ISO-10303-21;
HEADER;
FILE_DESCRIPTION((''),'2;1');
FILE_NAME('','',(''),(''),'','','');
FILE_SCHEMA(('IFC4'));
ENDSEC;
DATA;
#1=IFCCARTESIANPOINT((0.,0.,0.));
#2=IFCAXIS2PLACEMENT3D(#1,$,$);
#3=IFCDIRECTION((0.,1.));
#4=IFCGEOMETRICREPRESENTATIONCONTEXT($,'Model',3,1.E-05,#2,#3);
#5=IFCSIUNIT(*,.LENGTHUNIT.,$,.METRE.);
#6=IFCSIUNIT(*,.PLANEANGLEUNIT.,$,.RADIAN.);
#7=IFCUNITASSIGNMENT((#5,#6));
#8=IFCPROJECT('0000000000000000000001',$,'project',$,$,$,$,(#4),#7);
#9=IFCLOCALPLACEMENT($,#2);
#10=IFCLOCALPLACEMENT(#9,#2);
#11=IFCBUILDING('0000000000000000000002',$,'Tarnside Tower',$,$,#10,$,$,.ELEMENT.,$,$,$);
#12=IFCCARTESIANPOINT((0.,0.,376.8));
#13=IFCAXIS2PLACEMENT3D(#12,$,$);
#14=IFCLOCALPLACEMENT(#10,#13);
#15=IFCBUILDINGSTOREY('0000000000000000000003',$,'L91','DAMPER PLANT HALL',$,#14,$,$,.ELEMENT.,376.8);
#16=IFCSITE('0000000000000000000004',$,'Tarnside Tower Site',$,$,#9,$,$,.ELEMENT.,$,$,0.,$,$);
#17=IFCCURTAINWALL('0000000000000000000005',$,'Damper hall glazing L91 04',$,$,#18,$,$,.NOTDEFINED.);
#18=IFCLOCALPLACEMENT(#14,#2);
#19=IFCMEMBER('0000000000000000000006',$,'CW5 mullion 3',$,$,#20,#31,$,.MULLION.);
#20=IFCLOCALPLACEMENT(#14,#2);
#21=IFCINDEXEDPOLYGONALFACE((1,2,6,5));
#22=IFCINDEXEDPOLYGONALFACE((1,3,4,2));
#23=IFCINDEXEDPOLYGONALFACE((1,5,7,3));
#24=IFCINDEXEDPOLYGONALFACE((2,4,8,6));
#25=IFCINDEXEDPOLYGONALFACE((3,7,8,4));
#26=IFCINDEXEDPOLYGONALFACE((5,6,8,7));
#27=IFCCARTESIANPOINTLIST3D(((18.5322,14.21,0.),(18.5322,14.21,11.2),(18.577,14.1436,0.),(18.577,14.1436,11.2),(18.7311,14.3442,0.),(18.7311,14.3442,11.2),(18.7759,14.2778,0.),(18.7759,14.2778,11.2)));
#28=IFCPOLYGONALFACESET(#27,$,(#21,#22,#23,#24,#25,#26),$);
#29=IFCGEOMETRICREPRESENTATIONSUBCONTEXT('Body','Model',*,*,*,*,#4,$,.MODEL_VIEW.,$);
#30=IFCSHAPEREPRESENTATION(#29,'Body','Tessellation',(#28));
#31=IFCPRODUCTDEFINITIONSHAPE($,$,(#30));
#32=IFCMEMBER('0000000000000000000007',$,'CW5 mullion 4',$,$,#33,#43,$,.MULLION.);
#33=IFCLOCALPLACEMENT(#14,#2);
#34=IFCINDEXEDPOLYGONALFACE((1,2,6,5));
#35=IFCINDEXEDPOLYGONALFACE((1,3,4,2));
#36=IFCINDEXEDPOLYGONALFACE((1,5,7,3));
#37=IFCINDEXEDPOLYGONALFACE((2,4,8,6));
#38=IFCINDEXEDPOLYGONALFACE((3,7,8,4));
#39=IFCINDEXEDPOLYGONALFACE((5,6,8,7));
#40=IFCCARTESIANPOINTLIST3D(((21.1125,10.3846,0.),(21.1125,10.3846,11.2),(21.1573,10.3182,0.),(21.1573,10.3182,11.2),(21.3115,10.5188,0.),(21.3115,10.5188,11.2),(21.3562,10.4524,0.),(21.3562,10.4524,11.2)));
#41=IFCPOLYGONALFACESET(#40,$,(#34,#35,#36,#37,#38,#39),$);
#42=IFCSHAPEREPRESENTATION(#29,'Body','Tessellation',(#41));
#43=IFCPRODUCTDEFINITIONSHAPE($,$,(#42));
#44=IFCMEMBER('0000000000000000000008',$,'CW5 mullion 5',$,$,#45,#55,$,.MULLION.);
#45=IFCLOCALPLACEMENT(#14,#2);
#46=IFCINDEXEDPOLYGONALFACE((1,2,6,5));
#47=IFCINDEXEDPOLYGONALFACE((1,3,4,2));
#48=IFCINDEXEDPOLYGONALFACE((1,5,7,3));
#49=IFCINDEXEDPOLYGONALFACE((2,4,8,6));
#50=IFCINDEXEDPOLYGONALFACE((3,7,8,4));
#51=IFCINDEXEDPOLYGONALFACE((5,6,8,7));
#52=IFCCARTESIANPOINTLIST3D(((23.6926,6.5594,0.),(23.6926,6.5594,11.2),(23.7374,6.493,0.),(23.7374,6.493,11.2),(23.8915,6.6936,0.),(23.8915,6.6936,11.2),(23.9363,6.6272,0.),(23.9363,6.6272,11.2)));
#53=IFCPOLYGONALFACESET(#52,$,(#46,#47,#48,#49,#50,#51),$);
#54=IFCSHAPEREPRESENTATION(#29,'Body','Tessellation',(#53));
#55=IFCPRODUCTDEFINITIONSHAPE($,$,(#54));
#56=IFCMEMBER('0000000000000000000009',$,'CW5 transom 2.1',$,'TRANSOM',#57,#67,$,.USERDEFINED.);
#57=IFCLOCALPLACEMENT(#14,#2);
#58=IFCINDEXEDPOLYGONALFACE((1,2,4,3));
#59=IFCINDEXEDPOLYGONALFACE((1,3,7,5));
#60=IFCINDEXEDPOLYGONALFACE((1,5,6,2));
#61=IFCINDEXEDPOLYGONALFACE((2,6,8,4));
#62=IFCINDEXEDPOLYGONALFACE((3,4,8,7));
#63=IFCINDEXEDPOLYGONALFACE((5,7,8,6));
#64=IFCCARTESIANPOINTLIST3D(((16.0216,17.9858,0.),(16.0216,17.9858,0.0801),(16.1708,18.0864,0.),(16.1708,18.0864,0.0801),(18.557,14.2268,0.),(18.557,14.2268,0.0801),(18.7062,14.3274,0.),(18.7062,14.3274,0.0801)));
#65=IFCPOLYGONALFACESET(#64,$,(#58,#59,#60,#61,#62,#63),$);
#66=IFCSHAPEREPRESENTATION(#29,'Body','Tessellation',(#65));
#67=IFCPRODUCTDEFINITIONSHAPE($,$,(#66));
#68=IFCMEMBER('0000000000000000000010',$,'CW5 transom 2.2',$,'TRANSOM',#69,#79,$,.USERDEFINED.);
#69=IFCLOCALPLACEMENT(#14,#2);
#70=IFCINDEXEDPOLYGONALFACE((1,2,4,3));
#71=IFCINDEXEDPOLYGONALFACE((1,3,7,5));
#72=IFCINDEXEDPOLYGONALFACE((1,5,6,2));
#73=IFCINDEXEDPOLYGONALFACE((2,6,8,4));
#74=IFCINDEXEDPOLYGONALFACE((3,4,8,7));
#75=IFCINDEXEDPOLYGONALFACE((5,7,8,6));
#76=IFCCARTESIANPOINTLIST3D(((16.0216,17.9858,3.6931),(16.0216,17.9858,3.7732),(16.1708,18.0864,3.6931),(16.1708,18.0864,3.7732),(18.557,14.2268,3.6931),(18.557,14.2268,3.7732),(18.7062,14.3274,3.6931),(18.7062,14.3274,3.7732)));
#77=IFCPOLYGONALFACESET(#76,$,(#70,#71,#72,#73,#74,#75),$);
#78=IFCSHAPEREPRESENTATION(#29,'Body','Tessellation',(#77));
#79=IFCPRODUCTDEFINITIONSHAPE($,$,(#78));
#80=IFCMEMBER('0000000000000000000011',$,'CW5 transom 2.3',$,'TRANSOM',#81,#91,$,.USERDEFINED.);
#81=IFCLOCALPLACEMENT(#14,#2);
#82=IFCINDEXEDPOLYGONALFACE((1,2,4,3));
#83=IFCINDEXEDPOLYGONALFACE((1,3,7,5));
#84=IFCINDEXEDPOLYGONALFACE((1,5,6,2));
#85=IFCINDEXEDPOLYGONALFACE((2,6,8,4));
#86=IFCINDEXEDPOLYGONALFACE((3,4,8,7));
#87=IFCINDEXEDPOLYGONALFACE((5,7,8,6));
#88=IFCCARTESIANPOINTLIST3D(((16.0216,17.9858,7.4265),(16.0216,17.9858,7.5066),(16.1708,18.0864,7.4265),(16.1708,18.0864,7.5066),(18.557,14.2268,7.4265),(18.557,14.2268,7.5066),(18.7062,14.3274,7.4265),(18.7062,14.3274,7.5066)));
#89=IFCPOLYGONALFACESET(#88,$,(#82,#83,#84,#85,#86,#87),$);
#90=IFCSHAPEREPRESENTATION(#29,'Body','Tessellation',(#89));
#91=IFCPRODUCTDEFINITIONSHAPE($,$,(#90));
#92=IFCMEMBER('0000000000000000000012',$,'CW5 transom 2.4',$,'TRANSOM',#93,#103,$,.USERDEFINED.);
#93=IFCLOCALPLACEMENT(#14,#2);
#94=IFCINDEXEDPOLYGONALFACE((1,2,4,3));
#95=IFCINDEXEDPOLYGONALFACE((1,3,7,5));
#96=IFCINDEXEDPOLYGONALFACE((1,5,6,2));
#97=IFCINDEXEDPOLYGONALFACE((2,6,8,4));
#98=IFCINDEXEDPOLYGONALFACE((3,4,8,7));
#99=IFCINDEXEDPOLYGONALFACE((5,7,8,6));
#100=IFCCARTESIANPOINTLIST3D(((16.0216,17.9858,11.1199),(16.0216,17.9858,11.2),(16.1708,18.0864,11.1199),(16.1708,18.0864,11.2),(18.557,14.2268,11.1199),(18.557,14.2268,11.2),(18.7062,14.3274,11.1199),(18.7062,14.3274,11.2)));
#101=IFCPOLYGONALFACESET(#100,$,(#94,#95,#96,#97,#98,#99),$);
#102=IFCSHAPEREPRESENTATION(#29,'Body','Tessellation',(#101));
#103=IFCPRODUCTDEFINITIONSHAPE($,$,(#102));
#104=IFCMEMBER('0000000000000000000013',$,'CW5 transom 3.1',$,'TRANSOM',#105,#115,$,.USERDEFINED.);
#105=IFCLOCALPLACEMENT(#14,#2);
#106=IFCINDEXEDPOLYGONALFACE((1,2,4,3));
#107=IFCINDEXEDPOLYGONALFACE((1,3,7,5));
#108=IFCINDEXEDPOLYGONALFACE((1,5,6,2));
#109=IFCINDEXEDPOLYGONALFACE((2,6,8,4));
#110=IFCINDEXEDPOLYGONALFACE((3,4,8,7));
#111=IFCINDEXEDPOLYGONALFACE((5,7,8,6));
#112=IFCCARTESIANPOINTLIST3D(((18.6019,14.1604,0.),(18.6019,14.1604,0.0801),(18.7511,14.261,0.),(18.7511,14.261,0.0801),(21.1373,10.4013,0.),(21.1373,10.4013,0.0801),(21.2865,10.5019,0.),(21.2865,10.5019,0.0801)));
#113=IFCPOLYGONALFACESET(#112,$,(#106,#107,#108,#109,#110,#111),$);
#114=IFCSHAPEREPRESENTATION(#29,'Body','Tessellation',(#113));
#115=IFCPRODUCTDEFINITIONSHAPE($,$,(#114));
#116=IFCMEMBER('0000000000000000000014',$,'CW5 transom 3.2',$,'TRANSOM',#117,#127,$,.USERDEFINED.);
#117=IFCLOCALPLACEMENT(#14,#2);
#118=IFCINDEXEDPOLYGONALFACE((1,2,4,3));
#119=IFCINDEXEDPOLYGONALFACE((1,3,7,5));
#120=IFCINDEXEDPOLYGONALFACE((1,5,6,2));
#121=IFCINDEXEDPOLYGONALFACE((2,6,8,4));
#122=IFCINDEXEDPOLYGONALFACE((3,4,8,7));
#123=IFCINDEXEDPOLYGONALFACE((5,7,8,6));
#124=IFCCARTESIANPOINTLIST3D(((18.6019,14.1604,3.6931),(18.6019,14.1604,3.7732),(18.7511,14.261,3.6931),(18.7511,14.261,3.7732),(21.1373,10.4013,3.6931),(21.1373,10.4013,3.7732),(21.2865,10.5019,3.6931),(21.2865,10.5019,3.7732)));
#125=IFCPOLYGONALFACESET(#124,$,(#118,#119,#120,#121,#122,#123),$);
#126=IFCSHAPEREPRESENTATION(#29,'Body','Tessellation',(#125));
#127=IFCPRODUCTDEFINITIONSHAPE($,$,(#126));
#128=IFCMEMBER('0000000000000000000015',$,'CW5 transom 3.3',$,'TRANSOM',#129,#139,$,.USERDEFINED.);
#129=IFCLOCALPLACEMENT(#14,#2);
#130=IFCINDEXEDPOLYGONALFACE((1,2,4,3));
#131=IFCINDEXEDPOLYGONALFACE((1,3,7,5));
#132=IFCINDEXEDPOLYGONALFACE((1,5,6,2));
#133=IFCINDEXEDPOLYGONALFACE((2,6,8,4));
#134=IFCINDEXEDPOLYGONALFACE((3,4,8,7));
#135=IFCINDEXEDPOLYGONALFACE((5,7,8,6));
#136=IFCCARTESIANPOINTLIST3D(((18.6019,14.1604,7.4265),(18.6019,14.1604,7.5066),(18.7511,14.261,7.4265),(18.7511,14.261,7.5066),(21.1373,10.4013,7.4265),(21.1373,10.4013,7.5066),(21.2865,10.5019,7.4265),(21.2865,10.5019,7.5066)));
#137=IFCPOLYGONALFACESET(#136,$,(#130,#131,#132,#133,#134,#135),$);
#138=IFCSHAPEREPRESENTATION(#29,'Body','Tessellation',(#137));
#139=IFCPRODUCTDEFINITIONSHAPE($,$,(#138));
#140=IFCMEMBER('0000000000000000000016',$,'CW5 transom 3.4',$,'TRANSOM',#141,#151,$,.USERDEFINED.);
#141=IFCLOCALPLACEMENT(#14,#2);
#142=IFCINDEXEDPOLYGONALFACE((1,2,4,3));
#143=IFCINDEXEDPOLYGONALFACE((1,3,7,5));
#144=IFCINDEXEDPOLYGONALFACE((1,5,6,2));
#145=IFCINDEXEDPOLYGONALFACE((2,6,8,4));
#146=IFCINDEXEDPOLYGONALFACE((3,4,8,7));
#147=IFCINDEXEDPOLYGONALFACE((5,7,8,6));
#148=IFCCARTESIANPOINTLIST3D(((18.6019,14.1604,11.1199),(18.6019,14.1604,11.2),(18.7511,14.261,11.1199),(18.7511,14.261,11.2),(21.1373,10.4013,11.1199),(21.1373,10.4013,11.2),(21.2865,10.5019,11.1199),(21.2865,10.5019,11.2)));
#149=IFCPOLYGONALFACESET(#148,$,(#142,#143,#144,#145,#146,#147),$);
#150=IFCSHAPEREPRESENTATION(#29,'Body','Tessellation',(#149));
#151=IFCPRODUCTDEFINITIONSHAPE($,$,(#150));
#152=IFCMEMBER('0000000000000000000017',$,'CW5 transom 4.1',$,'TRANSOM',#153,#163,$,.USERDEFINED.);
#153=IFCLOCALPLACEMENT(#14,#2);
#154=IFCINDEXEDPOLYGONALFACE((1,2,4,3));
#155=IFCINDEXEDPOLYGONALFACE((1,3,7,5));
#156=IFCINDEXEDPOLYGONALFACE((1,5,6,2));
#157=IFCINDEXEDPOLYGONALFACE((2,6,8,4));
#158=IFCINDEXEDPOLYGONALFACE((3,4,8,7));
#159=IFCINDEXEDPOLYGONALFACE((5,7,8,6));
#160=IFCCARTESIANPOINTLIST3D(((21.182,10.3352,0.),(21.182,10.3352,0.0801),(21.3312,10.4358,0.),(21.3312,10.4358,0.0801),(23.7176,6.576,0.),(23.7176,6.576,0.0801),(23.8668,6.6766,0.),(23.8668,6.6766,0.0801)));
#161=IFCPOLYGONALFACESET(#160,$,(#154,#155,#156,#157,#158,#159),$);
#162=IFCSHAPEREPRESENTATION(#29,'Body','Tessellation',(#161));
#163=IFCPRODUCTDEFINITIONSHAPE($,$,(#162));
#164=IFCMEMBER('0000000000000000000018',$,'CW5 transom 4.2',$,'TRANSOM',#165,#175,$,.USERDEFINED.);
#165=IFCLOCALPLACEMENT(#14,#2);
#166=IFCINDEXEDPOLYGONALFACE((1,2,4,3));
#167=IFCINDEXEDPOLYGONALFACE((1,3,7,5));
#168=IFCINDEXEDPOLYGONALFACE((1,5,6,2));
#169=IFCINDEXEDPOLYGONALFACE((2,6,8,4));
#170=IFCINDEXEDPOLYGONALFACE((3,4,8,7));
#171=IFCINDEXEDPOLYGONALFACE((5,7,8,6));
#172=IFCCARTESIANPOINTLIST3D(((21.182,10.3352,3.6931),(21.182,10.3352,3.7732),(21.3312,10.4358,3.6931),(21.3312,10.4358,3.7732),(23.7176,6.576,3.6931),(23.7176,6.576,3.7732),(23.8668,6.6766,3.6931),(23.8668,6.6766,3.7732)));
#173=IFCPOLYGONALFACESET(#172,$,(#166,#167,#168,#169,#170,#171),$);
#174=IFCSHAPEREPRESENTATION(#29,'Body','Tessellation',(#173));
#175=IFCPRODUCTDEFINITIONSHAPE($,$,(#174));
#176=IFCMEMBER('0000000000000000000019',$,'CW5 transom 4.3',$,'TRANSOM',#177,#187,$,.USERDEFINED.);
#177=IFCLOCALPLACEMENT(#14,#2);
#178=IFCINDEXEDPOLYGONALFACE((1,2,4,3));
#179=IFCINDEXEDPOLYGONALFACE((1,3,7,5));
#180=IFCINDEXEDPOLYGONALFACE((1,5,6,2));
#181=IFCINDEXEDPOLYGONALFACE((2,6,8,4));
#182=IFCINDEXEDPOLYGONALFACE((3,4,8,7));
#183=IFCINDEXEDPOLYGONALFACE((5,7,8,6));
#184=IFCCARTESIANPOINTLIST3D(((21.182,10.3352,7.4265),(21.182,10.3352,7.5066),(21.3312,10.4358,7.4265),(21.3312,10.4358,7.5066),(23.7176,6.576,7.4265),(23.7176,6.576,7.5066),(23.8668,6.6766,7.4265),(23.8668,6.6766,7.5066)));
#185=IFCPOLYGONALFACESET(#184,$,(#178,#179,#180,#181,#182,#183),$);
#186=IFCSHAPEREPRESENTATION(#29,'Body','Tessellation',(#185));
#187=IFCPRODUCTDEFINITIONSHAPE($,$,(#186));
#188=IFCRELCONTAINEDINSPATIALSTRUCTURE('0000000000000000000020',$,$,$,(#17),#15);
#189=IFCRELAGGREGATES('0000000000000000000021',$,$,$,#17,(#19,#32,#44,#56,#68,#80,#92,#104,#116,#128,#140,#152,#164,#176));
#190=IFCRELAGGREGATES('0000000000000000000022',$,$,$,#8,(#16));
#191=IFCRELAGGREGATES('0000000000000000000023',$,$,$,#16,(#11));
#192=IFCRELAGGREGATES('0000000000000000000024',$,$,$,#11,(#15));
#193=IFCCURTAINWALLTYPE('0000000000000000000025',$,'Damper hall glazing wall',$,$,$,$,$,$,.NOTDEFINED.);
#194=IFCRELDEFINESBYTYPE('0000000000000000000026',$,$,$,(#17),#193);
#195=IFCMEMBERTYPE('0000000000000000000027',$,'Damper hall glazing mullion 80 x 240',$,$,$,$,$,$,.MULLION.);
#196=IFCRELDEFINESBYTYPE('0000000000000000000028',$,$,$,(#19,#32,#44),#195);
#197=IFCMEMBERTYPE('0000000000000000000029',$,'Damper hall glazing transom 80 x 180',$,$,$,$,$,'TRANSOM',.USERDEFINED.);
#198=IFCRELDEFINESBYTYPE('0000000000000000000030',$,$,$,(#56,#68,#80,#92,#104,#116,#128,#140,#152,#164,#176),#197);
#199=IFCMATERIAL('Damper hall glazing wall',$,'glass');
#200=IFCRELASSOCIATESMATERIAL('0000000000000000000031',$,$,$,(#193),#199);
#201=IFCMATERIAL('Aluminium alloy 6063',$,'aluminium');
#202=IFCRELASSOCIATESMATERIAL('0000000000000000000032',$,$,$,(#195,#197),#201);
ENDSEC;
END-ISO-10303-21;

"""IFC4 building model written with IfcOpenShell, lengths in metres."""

from ifc_helpers import new_model, si_unit, direction, frame, origin, origin_2d, place, context, subcontext, project, spatial, rectangle, extrude, material, material_profile, profile_set, type_object, element, aggregate, save


model = new_model("IFC4")

# Units and contexts
model_context = context("Model", 3, precision=1e-05, world=origin(), true_north=direction((0.0, 1.0)))
body_context = subcontext(model_context, "Body", "Model", "MODEL_VIEW")
ifc_project = project(units=[si_unit("LENGTHUNIT", "METRE"), si_unit("PLANEANGLEUNIT", "RADIAN")], contexts=[model_context])

# Site, building, storey
site_placement = place(None, origin())
site = spatial("IfcSite", under=ifc_project, at=site_placement, Name="Tarnside Tower Site", CompositionType="ELEMENT", RefElevation=0.0)
building_placement = place(site_placement, origin())
building = spatial("IfcBuilding", under=site, at=building_placement, Name="Tarnside Tower", CompositionType="ELEMENT")
storey_placement = place(building_placement, frame((0.0, 0.0, 376.8)))
storey = spatial("IfcBuildingStorey", under=building, at=storey_placement, Name="L91", Description="DAMPER PLANT HALL", CompositionType="ELEMENT", Elevation=376.8)

# Curtain wall, members
ifc_material_1 = material(Name="Damper hall glazing wall", Category="glass")
curtain_wall_type = type_object("IfcCurtainWallType", Name="Damper hall glazing wall", PredefinedType="NOTDEFINED", material=ifc_material_1)
curtain_wall_placement = place(storey_placement, origin())
curtain_wall = element("IfcCurtainWall", 1, at=curtain_wall_placement, inside=storey, type_object=curtain_wall_type, Name="Damper hall glazing L91 04", PredefinedType="NOTDEFINED")
ifc_material_2 = material(Name="Aluminium alloy 6063", Category="aluminium")
ifc_material_profile_1 = material_profile(ifc_material_2, rectangle(XDim=0.24, YDim=0.0801, at=origin_2d()), Name="Damper hall glazing mullion 80 x 240")
ifc_profile_set_1 = profile_set([ifc_material_profile_1], Name="Aluminium alloy 6063")
member_type_1 = type_object("IfcMemberType", Name="Damper hall glazing mullion 80 x 240", PredefinedType="MULLION", material=ifc_profile_set_1)
member_1_placement = place(storey_placement, frame((18.6541, 14.2439, 0.0), z_axis=(0.0, 0.0, 1.0), x_axis=(0.829038, 0.559193, 0.0)))
member_1 = element("IfcMember", 2, at=member_1_placement, type_object=member_type_1, Name="CW5 mullion 3", PredefinedType="MULLION", context=body_context, shape_type="SweptSolid", body=[
    extrude(rectangle(XDim=0.24, YDim=0.0801, at=origin_2d()), origin(), (0.0, 0.0, 1.0), 11.2),
])
member_2_placement = place(storey_placement, frame((21.2344, 10.4185, 0.0), z_axis=(0.0, 0.0, 1.0), x_axis=(0.829038, 0.559193, 0.0)))
member_2 = element("IfcMember", 3, at=member_2_placement, type_object=member_type_1, Name="CW5 mullion 4", PredefinedType="MULLION", context=body_context, shape_type="SweptSolid", body=[
    extrude(rectangle(XDim=0.24, YDim=0.0801, at=origin_2d()), origin(), (0.0, 0.0, 1.0), 11.2),
])
member_3_placement = place(storey_placement, frame((23.8145, 6.5933, 0.0), z_axis=(0.0, 0.0, 1.0), x_axis=(0.829038, 0.559193, 0.0)))
member_3 = element("IfcMember", 4, at=member_3_placement, type_object=member_type_1, Name="CW5 mullion 5", PredefinedType="MULLION", context=body_context, shape_type="SweptSolid", body=[
    extrude(rectangle(XDim=0.24, YDim=0.0801, at=origin_2d()), origin(), (0.0, 0.0, 1.0), 11.2),
])
ifc_material_profile_2 = material_profile(ifc_material_2, rectangle(XDim=0.1799, YDim=0.0801, at=origin_2d()), Name="Damper hall glazing transom 80 x 180")
ifc_profile_set_2 = profile_set([ifc_material_profile_2], Name="Aluminium alloy 6063")
member_type_2 = type_object("IfcMemberType", Name="Damper hall glazing transom 80 x 180", ElementType="TRANSOM", PredefinedType="USERDEFINED", material=ifc_profile_set_2)
member_4_placement = place(storey_placement, frame((16.0962, 18.0361, 0.04), z_axis=(0.559178, -0.829048, 0.0), x_axis=(0.829048, 0.559178, 0.0)))
member_4 = element("IfcMember", 5, at=member_4_placement, type_object=member_type_2, Name="CW5 transom 2.1", ObjectType="TRANSOM", PredefinedType="USERDEFINED", context=body_context, shape_type="SweptSolid", body=[
    extrude(rectangle(XDim=0.1799, YDim=0.0801, at=origin_2d()), origin(), (0.0, 0.0, 1.0), 4.5342),
])
member_5_placement = place(storey_placement, frame((16.0962, 18.0361, 3.7332), z_axis=(0.559178, -0.829048, 0.0), x_axis=(0.829048, 0.559178, 0.0)))
member_5 = element("IfcMember", 6, at=member_5_placement, type_object=member_type_2, Name="CW5 transom 2.2", ObjectType="TRANSOM", PredefinedType="USERDEFINED", context=body_context, shape_type="SweptSolid", body=[
    extrude(rectangle(XDim=0.1799, YDim=0.0801, at=origin_2d()), origin(), (0.0, 0.0, 1.0), 4.5342),
])
member_6_placement = place(storey_placement, frame((16.0962, 18.0361, 7.4666), z_axis=(0.559178, -0.829048, 0.0), x_axis=(0.829048, 0.559178, 0.0)))
member_6 = element("IfcMember", 7, at=member_6_placement, type_object=member_type_2, Name="CW5 transom 2.3", ObjectType="TRANSOM", PredefinedType="USERDEFINED", context=body_context, shape_type="SweptSolid", body=[
    extrude(rectangle(XDim=0.1799, YDim=0.0801, at=origin_2d()), origin(), (0.0, 0.0, 1.0), 4.5342),
])
member_7_placement = place(storey_placement, frame((16.0962, 18.0361, 11.1599), z_axis=(0.559178, -0.829048, 0.0), x_axis=(0.829048, 0.559178, 0.0)))
member_7 = element("IfcMember", 8, at=member_7_placement, type_object=member_type_2, Name="CW5 transom 2.4", ObjectType="TRANSOM", PredefinedType="USERDEFINED", context=body_context, shape_type="SweptSolid", body=[
    extrude(rectangle(XDim=0.1799, YDim=0.0801, at=origin_2d()), origin(), (0.0, 0.0, 1.0), 4.5342),
])
member_8_placement = place(storey_placement, frame((18.6765, 14.2107, 0.04), z_axis=(0.559178, -0.829048, 0.0), x_axis=(0.829048, 0.559178, 0.0)))
member_8 = element("IfcMember", 9, at=member_8_placement, type_object=member_type_2, Name="CW5 transom 3.1", ObjectType="TRANSOM", PredefinedType="USERDEFINED", context=body_context, shape_type="SweptSolid", body=[
    extrude(rectangle(XDim=0.1799, YDim=0.0801, at=origin_2d()), origin(), (0.0, 0.0, 1.0), 4.5342),
])
member_9_placement = place(storey_placement, frame((18.6765, 14.2107, 3.7332), z_axis=(0.559178, -0.829048, 0.0), x_axis=(0.829048, 0.559178, 0.0)))
member_9 = element("IfcMember", 10, at=member_9_placement, type_object=member_type_2, Name="CW5 transom 3.2", ObjectType="TRANSOM", PredefinedType="USERDEFINED", context=body_context, shape_type="SweptSolid", body=[
    extrude(rectangle(XDim=0.1799, YDim=0.0801, at=origin_2d()), origin(), (0.0, 0.0, 1.0), 4.5342),
])
member_10_placement = place(storey_placement, frame((18.6765, 14.2107, 7.4666), z_axis=(0.559178, -0.829048, 0.0), x_axis=(0.829048, 0.559178, 0.0)))
member_10 = element("IfcMember", 11, at=member_10_placement, type_object=member_type_2, Name="CW5 transom 3.3", ObjectType="TRANSOM", PredefinedType="USERDEFINED", context=body_context, shape_type="SweptSolid", body=[
    extrude(rectangle(XDim=0.1799, YDim=0.0801, at=origin_2d()), origin(), (0.0, 0.0, 1.0), 4.5342),
])
member_11_placement = place(storey_placement, frame((18.6765, 14.2107, 11.1599), z_axis=(0.559178, -0.829048, 0.0), x_axis=(0.829048, 0.559178, 0.0)))
member_11 = element("IfcMember", 12, at=member_11_placement, type_object=member_type_2, Name="CW5 transom 3.4", ObjectType="TRANSOM", PredefinedType="USERDEFINED", context=body_context, shape_type="SweptSolid", body=[
    extrude(rectangle(XDim=0.1799, YDim=0.0801, at=origin_2d()), origin(), (0.0, 0.0, 1.0), 4.5342),
])
member_12_placement = place(storey_placement, frame((21.2566, 10.3855, 0.04), z_axis=(0.55919, -0.82904, 0.0), x_axis=(0.82904, 0.55919, 0.0)))
member_12 = element("IfcMember", 13, at=member_12_placement, type_object=member_type_2, Name="CW5 transom 4.1", ObjectType="TRANSOM", PredefinedType="USERDEFINED", context=body_context, shape_type="SweptSolid", body=[
    extrude(rectangle(XDim=0.1799, YDim=0.0801, at=origin_2d()), origin(), (0.0, 0.0, 1.0), 4.5344),
])
member_13_placement = place(storey_placement, frame((21.2566, 10.3855, 3.7332), z_axis=(0.55919, -0.82904, 0.0), x_axis=(0.82904, 0.55919, 0.0)))
member_13 = element("IfcMember", 14, at=member_13_placement, type_object=member_type_2, Name="CW5 transom 4.2", ObjectType="TRANSOM", PredefinedType="USERDEFINED", context=body_context, shape_type="SweptSolid", body=[
    extrude(rectangle(XDim=0.1799, YDim=0.0801, at=origin_2d()), origin(), (0.0, 0.0, 1.0), 4.5344),
])
member_14_placement = place(storey_placement, frame((21.2566, 10.3855, 7.4666), z_axis=(0.55919, -0.82904, 0.0), x_axis=(0.82904, 0.55919, 0.0)))
member_14 = element("IfcMember", 15, at=member_14_placement, type_object=member_type_2, Name="CW5 transom 4.3", ObjectType="TRANSOM", PredefinedType="USERDEFINED", context=body_context, shape_type="SweptSolid", body=[
    extrude(rectangle(XDim=0.1799, YDim=0.0801, at=origin_2d()), origin(), (0.0, 0.0, 1.0), 4.5344),
])

aggregate(curtain_wall, [member_1, member_2, member_3, member_4, member_5, member_6, member_7, member_8, member_9, member_10, member_11, member_12, member_13, member_14])

save(model, "model.ifc")
